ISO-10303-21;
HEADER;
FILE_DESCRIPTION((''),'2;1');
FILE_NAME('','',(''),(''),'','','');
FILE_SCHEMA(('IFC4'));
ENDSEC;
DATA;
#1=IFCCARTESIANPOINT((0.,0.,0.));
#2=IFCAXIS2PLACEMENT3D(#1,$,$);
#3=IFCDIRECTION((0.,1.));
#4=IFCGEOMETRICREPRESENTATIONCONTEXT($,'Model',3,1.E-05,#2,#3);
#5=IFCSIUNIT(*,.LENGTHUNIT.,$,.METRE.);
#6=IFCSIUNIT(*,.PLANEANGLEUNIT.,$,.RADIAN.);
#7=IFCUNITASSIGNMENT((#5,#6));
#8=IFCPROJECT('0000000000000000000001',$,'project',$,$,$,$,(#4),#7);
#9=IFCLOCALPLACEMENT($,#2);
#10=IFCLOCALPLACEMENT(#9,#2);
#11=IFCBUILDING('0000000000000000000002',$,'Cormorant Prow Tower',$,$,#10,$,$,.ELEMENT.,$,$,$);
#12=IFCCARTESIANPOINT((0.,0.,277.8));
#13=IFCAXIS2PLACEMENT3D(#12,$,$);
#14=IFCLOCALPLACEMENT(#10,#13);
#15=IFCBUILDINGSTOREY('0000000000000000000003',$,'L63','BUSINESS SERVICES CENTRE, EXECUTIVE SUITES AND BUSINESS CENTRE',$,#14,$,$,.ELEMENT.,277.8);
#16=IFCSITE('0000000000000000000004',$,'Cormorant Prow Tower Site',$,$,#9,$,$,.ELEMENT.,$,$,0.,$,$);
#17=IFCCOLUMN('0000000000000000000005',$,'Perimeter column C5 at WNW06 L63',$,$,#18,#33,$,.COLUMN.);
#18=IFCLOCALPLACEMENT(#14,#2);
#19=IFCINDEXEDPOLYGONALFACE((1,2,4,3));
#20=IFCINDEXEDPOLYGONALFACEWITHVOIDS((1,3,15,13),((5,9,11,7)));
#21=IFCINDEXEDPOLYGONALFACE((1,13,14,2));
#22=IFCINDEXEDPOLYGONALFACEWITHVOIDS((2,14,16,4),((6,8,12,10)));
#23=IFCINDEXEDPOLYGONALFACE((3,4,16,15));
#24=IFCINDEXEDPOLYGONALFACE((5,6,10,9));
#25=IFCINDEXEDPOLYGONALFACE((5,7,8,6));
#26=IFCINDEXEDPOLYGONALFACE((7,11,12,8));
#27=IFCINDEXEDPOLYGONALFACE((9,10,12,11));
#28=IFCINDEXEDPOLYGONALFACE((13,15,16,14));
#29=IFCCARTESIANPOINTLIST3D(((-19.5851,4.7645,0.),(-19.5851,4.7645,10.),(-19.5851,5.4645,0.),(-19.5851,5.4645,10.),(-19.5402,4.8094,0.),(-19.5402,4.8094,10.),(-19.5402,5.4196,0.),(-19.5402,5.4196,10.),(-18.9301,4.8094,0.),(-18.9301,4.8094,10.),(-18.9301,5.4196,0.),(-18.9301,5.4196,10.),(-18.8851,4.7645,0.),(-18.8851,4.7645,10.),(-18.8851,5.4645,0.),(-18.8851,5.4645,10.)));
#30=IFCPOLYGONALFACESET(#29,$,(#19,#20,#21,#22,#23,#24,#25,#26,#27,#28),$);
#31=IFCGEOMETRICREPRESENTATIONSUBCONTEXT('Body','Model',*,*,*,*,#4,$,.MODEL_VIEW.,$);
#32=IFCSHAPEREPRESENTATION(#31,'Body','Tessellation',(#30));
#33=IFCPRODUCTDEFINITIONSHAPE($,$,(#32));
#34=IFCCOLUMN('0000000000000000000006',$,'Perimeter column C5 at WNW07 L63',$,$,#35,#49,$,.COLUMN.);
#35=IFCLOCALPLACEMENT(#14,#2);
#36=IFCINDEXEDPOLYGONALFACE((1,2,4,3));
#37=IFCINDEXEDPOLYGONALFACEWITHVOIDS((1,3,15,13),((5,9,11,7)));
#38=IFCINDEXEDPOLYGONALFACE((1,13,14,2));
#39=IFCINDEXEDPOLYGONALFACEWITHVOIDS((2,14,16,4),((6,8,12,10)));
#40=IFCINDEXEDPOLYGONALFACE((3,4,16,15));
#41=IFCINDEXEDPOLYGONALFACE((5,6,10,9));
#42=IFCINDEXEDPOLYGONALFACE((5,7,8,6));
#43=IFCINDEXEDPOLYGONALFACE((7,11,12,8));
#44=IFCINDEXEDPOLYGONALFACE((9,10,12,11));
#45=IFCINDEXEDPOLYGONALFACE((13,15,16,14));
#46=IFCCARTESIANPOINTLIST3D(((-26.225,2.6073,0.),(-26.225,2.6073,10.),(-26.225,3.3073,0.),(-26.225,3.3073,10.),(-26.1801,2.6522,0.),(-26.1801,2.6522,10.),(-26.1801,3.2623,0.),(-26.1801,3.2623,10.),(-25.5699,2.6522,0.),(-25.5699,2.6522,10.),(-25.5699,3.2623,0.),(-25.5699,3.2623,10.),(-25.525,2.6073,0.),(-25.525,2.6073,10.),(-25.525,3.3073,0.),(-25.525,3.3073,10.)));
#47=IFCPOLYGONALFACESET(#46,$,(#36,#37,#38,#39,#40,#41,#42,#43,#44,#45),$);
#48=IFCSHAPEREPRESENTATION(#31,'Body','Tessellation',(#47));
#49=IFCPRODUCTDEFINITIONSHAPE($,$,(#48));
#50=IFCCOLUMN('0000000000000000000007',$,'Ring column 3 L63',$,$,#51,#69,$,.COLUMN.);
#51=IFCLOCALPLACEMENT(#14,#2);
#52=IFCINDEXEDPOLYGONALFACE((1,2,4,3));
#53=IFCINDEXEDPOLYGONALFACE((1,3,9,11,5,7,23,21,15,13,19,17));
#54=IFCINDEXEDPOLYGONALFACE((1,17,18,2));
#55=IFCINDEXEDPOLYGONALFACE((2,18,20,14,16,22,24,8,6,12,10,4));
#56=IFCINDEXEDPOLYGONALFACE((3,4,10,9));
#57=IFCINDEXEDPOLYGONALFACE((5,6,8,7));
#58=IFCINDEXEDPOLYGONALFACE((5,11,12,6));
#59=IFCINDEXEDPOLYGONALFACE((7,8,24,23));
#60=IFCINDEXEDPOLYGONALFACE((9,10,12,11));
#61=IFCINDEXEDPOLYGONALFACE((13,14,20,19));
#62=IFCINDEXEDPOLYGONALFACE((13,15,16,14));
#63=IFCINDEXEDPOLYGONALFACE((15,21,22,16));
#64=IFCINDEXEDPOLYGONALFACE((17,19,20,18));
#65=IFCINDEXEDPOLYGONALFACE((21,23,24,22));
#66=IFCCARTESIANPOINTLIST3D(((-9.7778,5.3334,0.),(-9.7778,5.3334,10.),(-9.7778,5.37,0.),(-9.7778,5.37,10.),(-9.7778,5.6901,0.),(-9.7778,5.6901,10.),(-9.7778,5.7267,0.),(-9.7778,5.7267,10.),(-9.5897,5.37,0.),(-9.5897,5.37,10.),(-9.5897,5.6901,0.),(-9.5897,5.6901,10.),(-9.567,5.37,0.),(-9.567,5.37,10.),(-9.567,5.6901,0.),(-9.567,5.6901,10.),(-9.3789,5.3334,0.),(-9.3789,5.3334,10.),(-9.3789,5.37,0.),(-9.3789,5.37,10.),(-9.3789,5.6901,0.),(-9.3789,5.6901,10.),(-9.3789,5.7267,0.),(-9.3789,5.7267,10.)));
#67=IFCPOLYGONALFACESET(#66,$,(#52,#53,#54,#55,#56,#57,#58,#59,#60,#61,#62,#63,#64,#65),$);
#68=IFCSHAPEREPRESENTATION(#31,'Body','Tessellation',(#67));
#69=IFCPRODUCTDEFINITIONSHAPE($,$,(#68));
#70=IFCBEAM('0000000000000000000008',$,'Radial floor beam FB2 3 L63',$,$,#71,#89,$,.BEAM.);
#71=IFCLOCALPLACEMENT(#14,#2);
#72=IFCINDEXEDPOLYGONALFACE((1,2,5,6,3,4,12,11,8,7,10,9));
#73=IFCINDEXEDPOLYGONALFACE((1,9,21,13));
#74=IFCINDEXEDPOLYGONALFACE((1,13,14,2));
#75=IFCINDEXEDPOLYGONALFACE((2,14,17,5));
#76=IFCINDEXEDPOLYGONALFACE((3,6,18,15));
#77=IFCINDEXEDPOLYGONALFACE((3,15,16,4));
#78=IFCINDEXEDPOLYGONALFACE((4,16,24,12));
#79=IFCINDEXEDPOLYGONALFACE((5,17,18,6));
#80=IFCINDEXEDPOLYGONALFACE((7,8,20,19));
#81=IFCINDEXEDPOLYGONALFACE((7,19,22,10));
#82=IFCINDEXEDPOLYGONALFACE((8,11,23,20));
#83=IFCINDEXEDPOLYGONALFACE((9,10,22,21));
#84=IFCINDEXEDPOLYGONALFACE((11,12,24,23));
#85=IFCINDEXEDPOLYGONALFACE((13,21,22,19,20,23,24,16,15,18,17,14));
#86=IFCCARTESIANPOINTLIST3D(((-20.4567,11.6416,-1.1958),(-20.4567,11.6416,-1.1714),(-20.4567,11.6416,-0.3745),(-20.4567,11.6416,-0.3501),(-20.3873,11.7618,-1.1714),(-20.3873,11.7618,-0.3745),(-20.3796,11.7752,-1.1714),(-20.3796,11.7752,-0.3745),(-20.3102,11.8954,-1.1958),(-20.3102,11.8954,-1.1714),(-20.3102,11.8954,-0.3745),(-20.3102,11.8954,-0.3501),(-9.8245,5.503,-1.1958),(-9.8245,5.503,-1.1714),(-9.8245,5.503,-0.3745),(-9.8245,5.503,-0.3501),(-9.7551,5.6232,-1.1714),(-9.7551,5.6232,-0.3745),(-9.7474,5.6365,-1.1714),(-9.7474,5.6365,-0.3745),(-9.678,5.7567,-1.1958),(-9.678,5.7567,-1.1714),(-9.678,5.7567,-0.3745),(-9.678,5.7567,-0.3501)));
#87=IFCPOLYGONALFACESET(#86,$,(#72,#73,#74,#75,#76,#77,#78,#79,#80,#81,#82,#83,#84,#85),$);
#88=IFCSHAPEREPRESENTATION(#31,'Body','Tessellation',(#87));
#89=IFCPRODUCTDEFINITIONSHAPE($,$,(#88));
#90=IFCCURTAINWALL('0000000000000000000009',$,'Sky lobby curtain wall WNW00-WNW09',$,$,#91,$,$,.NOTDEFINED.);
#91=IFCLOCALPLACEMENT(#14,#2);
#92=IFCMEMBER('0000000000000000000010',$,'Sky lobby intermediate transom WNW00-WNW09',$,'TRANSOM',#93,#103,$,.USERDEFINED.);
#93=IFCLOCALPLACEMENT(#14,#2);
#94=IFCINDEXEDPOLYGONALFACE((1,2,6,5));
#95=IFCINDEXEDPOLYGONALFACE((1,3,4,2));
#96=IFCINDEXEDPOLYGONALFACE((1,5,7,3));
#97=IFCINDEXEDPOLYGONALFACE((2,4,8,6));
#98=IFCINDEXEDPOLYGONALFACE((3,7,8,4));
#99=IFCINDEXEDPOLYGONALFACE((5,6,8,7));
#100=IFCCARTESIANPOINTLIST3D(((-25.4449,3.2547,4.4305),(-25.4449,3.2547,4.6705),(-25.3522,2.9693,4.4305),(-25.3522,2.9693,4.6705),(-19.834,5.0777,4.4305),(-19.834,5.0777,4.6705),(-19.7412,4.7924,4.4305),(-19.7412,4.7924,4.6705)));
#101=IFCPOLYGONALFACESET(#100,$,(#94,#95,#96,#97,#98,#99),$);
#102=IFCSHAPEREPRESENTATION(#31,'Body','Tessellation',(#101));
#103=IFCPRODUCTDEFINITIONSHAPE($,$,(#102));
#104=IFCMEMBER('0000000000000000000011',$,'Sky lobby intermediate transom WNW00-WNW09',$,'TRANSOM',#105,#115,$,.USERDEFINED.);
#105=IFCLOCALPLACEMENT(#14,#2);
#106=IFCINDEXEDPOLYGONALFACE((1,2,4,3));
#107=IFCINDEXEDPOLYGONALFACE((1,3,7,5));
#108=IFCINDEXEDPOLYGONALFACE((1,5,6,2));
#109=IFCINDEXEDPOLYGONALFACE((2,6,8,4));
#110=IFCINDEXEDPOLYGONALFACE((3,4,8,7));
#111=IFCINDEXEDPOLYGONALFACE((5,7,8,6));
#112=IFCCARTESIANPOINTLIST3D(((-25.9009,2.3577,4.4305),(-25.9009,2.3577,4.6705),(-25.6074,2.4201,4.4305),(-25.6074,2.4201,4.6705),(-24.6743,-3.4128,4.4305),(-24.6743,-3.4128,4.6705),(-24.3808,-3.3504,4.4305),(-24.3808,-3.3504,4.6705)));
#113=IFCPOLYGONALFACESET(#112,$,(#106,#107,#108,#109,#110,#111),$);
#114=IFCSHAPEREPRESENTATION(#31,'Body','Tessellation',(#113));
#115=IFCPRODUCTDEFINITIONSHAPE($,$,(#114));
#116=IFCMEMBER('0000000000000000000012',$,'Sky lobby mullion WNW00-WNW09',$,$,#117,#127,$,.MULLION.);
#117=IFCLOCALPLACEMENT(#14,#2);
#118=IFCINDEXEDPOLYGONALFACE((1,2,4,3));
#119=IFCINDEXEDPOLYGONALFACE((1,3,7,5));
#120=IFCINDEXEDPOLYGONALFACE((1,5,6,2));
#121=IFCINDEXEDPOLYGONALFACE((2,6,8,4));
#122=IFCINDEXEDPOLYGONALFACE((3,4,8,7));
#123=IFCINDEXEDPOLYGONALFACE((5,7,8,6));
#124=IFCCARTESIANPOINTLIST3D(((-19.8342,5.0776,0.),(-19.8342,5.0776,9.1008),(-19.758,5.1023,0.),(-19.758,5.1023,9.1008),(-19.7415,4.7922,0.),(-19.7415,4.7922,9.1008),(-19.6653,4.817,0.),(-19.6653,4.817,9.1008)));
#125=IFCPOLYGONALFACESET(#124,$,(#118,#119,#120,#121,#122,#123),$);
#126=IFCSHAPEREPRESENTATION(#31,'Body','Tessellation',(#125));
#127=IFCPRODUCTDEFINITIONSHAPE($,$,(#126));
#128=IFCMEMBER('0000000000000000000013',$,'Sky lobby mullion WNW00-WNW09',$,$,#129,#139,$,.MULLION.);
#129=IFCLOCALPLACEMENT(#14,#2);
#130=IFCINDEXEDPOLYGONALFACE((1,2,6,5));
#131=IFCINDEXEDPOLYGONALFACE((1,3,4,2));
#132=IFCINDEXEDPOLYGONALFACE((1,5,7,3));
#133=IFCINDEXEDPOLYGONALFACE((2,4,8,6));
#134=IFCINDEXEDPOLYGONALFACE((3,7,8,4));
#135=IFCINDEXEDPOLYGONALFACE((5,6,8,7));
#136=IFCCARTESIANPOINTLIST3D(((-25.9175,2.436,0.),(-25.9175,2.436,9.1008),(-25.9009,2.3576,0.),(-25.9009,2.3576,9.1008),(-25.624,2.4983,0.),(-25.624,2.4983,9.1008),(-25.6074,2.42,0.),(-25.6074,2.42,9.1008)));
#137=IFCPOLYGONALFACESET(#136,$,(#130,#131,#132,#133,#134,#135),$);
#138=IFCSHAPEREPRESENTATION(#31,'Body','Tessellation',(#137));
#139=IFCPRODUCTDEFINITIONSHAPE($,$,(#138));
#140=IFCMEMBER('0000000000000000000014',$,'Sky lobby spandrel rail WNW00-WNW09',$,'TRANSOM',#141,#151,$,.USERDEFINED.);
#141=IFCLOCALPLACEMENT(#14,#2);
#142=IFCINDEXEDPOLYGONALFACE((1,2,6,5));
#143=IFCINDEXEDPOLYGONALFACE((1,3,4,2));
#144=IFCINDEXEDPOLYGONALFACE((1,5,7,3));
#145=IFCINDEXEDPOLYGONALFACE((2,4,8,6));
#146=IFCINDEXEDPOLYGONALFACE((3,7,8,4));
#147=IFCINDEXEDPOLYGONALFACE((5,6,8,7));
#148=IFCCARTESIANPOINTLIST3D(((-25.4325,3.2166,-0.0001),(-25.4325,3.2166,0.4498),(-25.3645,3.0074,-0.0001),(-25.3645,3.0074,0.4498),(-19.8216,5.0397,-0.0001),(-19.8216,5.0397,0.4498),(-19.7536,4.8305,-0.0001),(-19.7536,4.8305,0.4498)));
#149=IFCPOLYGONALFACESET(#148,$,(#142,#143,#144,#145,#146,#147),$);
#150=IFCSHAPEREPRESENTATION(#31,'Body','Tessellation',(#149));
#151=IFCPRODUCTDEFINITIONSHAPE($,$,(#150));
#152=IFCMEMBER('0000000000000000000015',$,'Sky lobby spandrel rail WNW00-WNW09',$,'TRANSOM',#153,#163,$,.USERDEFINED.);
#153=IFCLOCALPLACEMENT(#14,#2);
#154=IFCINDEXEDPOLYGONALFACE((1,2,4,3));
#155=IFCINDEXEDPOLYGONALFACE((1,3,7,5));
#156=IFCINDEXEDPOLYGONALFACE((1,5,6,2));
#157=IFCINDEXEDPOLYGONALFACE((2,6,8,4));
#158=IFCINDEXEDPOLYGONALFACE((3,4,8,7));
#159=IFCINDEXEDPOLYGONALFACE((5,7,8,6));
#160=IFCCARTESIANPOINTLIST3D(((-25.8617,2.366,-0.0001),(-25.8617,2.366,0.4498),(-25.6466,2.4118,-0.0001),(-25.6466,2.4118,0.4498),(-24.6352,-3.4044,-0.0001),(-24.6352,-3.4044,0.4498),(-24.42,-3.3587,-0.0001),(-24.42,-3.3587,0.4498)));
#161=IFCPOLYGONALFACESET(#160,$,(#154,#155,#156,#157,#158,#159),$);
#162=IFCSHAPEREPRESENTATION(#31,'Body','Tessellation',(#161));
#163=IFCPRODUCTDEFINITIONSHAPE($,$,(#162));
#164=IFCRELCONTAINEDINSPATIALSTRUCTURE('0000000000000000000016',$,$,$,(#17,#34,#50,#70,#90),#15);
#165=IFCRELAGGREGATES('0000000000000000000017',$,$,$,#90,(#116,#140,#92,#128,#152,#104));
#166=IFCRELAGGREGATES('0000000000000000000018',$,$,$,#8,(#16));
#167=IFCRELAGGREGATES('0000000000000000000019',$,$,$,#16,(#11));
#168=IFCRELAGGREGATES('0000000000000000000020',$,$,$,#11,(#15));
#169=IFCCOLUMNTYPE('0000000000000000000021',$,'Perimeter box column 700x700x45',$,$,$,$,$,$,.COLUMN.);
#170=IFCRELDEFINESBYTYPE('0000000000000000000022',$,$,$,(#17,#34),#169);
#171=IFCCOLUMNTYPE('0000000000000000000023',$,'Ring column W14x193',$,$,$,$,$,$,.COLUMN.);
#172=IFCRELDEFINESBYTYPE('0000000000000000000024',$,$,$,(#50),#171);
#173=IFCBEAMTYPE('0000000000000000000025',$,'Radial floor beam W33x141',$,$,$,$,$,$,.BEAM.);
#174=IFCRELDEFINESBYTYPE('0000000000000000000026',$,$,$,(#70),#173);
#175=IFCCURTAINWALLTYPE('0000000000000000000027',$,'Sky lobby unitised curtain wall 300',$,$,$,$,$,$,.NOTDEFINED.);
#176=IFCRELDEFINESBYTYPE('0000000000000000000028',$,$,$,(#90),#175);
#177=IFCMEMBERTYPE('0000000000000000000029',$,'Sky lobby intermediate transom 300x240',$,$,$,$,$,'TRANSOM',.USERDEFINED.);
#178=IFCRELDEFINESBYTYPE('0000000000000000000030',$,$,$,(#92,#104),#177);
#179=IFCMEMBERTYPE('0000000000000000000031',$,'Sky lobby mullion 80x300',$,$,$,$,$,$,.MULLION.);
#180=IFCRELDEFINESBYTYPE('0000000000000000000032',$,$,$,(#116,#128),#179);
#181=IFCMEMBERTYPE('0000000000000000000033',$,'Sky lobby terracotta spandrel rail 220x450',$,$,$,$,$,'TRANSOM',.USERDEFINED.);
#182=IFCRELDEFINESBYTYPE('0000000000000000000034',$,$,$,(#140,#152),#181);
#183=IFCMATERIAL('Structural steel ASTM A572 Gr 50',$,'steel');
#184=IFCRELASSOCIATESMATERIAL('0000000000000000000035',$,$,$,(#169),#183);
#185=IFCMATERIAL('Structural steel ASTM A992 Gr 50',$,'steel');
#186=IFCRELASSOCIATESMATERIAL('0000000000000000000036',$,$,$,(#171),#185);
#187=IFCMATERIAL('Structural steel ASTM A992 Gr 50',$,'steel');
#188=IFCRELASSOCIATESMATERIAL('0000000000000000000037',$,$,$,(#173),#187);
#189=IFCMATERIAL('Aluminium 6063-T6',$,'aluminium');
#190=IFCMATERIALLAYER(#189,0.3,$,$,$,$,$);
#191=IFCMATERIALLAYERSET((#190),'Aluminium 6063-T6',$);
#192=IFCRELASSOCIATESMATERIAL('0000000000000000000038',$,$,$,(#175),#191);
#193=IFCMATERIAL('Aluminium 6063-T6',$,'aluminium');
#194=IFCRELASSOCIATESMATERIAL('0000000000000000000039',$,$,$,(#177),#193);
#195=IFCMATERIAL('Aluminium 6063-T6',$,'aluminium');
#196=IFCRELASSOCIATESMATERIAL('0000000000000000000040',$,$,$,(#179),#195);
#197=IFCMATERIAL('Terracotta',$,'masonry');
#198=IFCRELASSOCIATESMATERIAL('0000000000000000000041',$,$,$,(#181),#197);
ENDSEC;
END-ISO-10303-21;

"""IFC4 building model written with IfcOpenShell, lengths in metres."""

from ifc_helpers import new_model, si_unit, direction, frame, origin, origin_2d, place, context, subcontext, project, spatial, rectangle, hollow_rectangle, i_section, extrude, material, layer, layer_set, material_profile, profile_set, type_object, element, aggregate, save


model = new_model("IFC4")

# Units and contexts
model_context = context("Model", 3, precision=1e-05, world=origin(), true_north=direction((0.0, 1.0)))
body_context = subcontext(model_context, "Body", "Model", "MODEL_VIEW")
ifc_project = project(units=[si_unit("LENGTHUNIT", "METRE"), si_unit("PLANEANGLEUNIT", "RADIAN")], contexts=[model_context])

# Site, building, storey
site_placement = place(None, origin())
site = spatial("IfcSite", under=ifc_project, at=site_placement, Name="Cormorant Prow Tower Site", CompositionType="ELEMENT", RefElevation=0.0)
building_placement = place(site_placement, origin())
building = spatial("IfcBuilding", under=site, at=building_placement, Name="Cormorant Prow Tower", CompositionType="ELEMENT")
storey_placement = place(building_placement, frame((0.0, 0.0, 277.8)))
storey = spatial("IfcBuildingStorey", under=building, at=storey_placement, Name="L63", Description="BUSINESS SERVICES CENTRE, EXECUTIVE SUITES AND BUSINESS CENTRE", CompositionType="ELEMENT", Elevation=277.8)

# Columns
ifc_material_1 = material(Name="Structural steel ASTM A572 Gr 50", Category="steel")
ifc_material_profile_1 = material_profile(ifc_material_1, hollow_rectangle(XDim=0.7, YDim=0.7, WallThickness=0.0449, at=origin_2d()), Name="Box 700x700x45")
ifc_profile_set_1 = profile_set([ifc_material_profile_1], Name="Structural steel ASTM A572 Gr 50")
column_type_1 = type_object("IfcColumnType", Name="Perimeter box column 700x700x45", PredefinedType="COLUMN", material=ifc_profile_set_1)
for number, where, z_axis, x_axis, name in (
    (1, (-19.2351, 5.1145, 0.0), (0.0, 0.0, 1.0), (1.0, 0.0, 0.0), "Perimeter column C5 at WNW06 L63"),
    (2, (-25.875, 2.9573, 0.0), (0.0, 0.0, 1.0), (1.0, 0.0, 0.0), "Perimeter column C5 at WNW07 L63"),
):
    element("IfcColumn", number, at=place(storey_placement, frame(where, z_axis=z_axis, x_axis=x_axis)), inside=storey, type_object=column_type_1, Name=name, PredefinedType="COLUMN", context=body_context, shape_type="SweptSolid", body=[
        extrude(hollow_rectangle(XDim=0.7, YDim=0.7, WallThickness=0.0449, at=origin_2d()), origin(), (0.0, 0.0, 1.0), 10.0),
    ])
ifc_material_2 = material(Name="Structural steel ASTM A992 Gr 50", Category="steel")
ifc_material_profile_2 = material_profile(ifc_material_2, i_section(OverallWidth=0.3989, OverallDepth=0.3933, WebThickness=0.0227, FlangeThickness=0.0366, at=origin_2d()), Name="W14x193")
ifc_profile_set_2 = profile_set([ifc_material_profile_2], Name="Structural steel ASTM A992 Gr 50")
column_type_2 = type_object("IfcColumnType", Name="Ring column W14x193", PredefinedType="COLUMN", material=ifc_profile_set_2)
column_placement = place(storey_placement, frame((-9.5784, 5.53, 0.0), z_axis=(0.0, 0.0, 1.0), x_axis=(1.0, 0.0, 0.0)))
element("IfcColumn", 3, at=column_placement, inside=storey, type_object=column_type_2, Name="Ring column 3 L63", PredefinedType="COLUMN", context=body_context, shape_type="SweptSolid", body=[
    extrude(i_section(OverallWidth=0.3989, OverallDepth=0.3933, WebThickness=0.0227, FlangeThickness=0.0366, at=origin_2d()), origin(), (0.0, 0.0, 1.0), 10.0),
])

# Beam
ifc_material_3 = material(Name="Structural steel ASTM A992 Gr 50", Category="steel")
ifc_material_profile_3 = material_profile(ifc_material_3, i_section(OverallWidth=0.293, OverallDepth=0.8457, WebThickness=0.0154, FlangeThickness=0.0244, at=origin_2d()), Name="W33x141")
ifc_profile_set_3 = profile_set([ifc_material_profile_3], Name="Structural steel ASTM A992 Gr 50")
beam_type_1 = type_object("IfcBeamType", Name="Radial floor beam W33x141", PredefinedType="BEAM", material=ifc_profile_set_3)
beam_placement = place(storey_placement, frame((-9.7512, 5.6299, -0.7729), z_axis=(-0.866022, 0.500006, 0.0), x_axis=(-0.500006, -0.866022, 0.0)))
element("IfcBeam", 4, at=beam_placement, inside=storey, type_object=beam_type_1, Name="Radial floor beam FB2 3 L63", PredefinedType="BEAM", context=body_context, shape_type="SweptSolid", body=[
    extrude(i_section(OverallWidth=0.293, OverallDepth=0.8457, WebThickness=0.0154, FlangeThickness=0.0244, at=origin_2d()), origin(), (0.0, 0.0, 1.0), 12.2771),
])

# Curtain wall, members
ifc_material_4 = material(Name="Aluminium 6063-T6", Category="aluminium")
ifc_layer_1 = layer(ifc_material_4, 0.3)
ifc_layer_set_1 = layer_set([ifc_layer_1], Name="Aluminium 6063-T6")
curtain_wall_type = type_object("IfcCurtainWallType", Name="Sky lobby unitised curtain wall 300", PredefinedType="NOTDEFINED", material=ifc_layer_set_1)
curtain_wall_placement = place(storey_placement, origin())
curtain_wall = element("IfcCurtainWall", 5, at=curtain_wall_placement, inside=storey, type_object=curtain_wall_type, Name="Sky lobby curtain wall WNW00-WNW09", PredefinedType="NOTDEFINED")
ifc_material_5 = material(Name="Aluminium 6063-T6", Category="aluminium")
ifc_material_profile_4 = material_profile(ifc_material_5, rectangle(XDim=0.3, YDim=0.24, at=origin_2d()), Name="Sky lobby intermediate transom 300x240")
ifc_profile_set_4 = profile_set([ifc_material_profile_4], Name="Aluminium 6063-T6")
member_type_1 = type_object("IfcMemberType", Name="Sky lobby intermediate transom 300x240", ElementType="TRANSOM", PredefinedType="USERDEFINED", material=ifc_profile_set_4)
member_1_placement = place(storey_placement, frame((-19.7876, 4.9351, 4.5505), z_axis=(-0.95106, -0.309006, 0.0), x_axis=(0.309006, -0.95106, 0.0)))
member_1 = element("IfcMember", 6, at=member_1_placement, type_object=member_type_1, Name="Sky lobby intermediate transom WNW00-WNW09", ObjectType="TRANSOM", PredefinedType="USERDEFINED", context=body_context, shape_type="SweptSolid", body=[
    extrude(rectangle(XDim=0.3, YDim=0.24, at=origin_2d()), origin(), (0.0, 0.0, 1.0), 5.8997),
])
member_2_placement = place(storey_placement, frame((-25.7542, 2.3889, 4.5505), z_axis=(0.207912, -0.978147, 0.0), x_axis=(0.978147, 0.207912, 0.0)))
member_2 = element("IfcMember", 7, at=member_2_placement, type_object=member_type_1, Name="Sky lobby intermediate transom WNW00-WNW09", ObjectType="TRANSOM", PredefinedType="USERDEFINED", context=body_context, shape_type="SweptSolid", body=[
    extrude(rectangle(XDim=0.3, YDim=0.24, at=origin_2d()), origin(), (0.0, 0.0, 1.0), 5.8994),
])
ifc_material_6 = material(Name="Aluminium 6063-T6", Category="aluminium")
ifc_material_profile_5 = material_profile(ifc_material_6, rectangle(XDim=0.3, YDim=0.0801, at=origin_2d()), Name="Sky lobby mullion 80x300")
ifc_profile_set_5 = profile_set([ifc_material_profile_5], Name="Aluminium 6063-T6")
member_type_2 = type_object("IfcMemberType", Name="Sky lobby mullion 80x300", PredefinedType="MULLION", material=ifc_profile_set_5)
member_3_placement = place(storey_placement, frame((-19.7498, 4.9473, 0.0), z_axis=(0.0, 0.0, 1.0), x_axis=(0.309017, -0.951057, 0.0)))
member_3 = element("IfcMember", 8, at=member_3_placement, type_object=member_type_2, Name="Sky lobby mullion WNW00-WNW09", PredefinedType="MULLION", context=body_context, shape_type="SweptSolid", body=[
    extrude(rectangle(XDim=0.3, YDim=0.0801, at=origin_2d()), origin(), (0.0, 0.0, 1.0), 9.1008),
])
member_4_placement = place(storey_placement, frame((-25.7625, 2.428, 0.0), z_axis=(0.0, 0.0, 1.0), x_axis=(0.978148, 0.207912, 0.0)))
member_4 = element("IfcMember", 9, at=member_4_placement, type_object=member_type_2, Name="Sky lobby mullion WNW00-WNW09", PredefinedType="MULLION", context=body_context, shape_type="SweptSolid", body=[
    extrude(rectangle(XDim=0.3, YDim=0.0801, at=origin_2d()), origin(), (0.0, 0.0, 1.0), 9.1008),
])
ifc_material_7 = material(Name="Terracotta", Category="masonry")
ifc_material_profile_6 = material_profile(ifc_material_7, rectangle(XDim=0.22, YDim=0.45, at=origin_2d()), Name="Sky lobby terracotta spandrel rail 220x450")
ifc_profile_set_6 = profile_set([ifc_material_profile_6], Name="Terracotta")
member_type_3 = type_object("IfcMemberType", Name="Sky lobby terracotta spandrel rail 220x450", ElementType="TRANSOM", PredefinedType="USERDEFINED", material=ifc_profile_set_6)
member_5_placement = place(storey_placement, frame((-19.7876, 4.9351, 0.2249), z_axis=(-0.95106, -0.309006, 0.0), x_axis=(0.309006, -0.95106, 0.0)))
member_5 = element("IfcMember", 10, at=member_5_placement, type_object=member_type_3, Name="Sky lobby spandrel rail WNW00-WNW09", ObjectType="TRANSOM", PredefinedType="USERDEFINED", context=body_context, shape_type="SweptSolid", body=[
    extrude(rectangle(XDim=0.22, YDim=0.45, at=origin_2d()), origin(), (0.0, 0.0, 1.0), 5.8997),
])
member_6_placement = place(storey_placement, frame((-25.7542, 2.3889, 0.2249), z_axis=(0.207912, -0.978147, 0.0), x_axis=(0.978147, 0.207912, 0.0)))
member_6 = element("IfcMember", 11, at=member_6_placement, type_object=member_type_3, Name="Sky lobby spandrel rail WNW00-WNW09", ObjectType="TRANSOM", PredefinedType="USERDEFINED", context=body_context, shape_type="SweptSolid", body=[
    extrude(rectangle(XDim=0.22, YDim=0.45, at=origin_2d()), origin(), (0.0, 0.0, 1.0), 5.8994),
])

aggregate(curtain_wall, [member_3, member_5, member_1, member_4, member_6, member_2])

save(model, "model.ifc")
